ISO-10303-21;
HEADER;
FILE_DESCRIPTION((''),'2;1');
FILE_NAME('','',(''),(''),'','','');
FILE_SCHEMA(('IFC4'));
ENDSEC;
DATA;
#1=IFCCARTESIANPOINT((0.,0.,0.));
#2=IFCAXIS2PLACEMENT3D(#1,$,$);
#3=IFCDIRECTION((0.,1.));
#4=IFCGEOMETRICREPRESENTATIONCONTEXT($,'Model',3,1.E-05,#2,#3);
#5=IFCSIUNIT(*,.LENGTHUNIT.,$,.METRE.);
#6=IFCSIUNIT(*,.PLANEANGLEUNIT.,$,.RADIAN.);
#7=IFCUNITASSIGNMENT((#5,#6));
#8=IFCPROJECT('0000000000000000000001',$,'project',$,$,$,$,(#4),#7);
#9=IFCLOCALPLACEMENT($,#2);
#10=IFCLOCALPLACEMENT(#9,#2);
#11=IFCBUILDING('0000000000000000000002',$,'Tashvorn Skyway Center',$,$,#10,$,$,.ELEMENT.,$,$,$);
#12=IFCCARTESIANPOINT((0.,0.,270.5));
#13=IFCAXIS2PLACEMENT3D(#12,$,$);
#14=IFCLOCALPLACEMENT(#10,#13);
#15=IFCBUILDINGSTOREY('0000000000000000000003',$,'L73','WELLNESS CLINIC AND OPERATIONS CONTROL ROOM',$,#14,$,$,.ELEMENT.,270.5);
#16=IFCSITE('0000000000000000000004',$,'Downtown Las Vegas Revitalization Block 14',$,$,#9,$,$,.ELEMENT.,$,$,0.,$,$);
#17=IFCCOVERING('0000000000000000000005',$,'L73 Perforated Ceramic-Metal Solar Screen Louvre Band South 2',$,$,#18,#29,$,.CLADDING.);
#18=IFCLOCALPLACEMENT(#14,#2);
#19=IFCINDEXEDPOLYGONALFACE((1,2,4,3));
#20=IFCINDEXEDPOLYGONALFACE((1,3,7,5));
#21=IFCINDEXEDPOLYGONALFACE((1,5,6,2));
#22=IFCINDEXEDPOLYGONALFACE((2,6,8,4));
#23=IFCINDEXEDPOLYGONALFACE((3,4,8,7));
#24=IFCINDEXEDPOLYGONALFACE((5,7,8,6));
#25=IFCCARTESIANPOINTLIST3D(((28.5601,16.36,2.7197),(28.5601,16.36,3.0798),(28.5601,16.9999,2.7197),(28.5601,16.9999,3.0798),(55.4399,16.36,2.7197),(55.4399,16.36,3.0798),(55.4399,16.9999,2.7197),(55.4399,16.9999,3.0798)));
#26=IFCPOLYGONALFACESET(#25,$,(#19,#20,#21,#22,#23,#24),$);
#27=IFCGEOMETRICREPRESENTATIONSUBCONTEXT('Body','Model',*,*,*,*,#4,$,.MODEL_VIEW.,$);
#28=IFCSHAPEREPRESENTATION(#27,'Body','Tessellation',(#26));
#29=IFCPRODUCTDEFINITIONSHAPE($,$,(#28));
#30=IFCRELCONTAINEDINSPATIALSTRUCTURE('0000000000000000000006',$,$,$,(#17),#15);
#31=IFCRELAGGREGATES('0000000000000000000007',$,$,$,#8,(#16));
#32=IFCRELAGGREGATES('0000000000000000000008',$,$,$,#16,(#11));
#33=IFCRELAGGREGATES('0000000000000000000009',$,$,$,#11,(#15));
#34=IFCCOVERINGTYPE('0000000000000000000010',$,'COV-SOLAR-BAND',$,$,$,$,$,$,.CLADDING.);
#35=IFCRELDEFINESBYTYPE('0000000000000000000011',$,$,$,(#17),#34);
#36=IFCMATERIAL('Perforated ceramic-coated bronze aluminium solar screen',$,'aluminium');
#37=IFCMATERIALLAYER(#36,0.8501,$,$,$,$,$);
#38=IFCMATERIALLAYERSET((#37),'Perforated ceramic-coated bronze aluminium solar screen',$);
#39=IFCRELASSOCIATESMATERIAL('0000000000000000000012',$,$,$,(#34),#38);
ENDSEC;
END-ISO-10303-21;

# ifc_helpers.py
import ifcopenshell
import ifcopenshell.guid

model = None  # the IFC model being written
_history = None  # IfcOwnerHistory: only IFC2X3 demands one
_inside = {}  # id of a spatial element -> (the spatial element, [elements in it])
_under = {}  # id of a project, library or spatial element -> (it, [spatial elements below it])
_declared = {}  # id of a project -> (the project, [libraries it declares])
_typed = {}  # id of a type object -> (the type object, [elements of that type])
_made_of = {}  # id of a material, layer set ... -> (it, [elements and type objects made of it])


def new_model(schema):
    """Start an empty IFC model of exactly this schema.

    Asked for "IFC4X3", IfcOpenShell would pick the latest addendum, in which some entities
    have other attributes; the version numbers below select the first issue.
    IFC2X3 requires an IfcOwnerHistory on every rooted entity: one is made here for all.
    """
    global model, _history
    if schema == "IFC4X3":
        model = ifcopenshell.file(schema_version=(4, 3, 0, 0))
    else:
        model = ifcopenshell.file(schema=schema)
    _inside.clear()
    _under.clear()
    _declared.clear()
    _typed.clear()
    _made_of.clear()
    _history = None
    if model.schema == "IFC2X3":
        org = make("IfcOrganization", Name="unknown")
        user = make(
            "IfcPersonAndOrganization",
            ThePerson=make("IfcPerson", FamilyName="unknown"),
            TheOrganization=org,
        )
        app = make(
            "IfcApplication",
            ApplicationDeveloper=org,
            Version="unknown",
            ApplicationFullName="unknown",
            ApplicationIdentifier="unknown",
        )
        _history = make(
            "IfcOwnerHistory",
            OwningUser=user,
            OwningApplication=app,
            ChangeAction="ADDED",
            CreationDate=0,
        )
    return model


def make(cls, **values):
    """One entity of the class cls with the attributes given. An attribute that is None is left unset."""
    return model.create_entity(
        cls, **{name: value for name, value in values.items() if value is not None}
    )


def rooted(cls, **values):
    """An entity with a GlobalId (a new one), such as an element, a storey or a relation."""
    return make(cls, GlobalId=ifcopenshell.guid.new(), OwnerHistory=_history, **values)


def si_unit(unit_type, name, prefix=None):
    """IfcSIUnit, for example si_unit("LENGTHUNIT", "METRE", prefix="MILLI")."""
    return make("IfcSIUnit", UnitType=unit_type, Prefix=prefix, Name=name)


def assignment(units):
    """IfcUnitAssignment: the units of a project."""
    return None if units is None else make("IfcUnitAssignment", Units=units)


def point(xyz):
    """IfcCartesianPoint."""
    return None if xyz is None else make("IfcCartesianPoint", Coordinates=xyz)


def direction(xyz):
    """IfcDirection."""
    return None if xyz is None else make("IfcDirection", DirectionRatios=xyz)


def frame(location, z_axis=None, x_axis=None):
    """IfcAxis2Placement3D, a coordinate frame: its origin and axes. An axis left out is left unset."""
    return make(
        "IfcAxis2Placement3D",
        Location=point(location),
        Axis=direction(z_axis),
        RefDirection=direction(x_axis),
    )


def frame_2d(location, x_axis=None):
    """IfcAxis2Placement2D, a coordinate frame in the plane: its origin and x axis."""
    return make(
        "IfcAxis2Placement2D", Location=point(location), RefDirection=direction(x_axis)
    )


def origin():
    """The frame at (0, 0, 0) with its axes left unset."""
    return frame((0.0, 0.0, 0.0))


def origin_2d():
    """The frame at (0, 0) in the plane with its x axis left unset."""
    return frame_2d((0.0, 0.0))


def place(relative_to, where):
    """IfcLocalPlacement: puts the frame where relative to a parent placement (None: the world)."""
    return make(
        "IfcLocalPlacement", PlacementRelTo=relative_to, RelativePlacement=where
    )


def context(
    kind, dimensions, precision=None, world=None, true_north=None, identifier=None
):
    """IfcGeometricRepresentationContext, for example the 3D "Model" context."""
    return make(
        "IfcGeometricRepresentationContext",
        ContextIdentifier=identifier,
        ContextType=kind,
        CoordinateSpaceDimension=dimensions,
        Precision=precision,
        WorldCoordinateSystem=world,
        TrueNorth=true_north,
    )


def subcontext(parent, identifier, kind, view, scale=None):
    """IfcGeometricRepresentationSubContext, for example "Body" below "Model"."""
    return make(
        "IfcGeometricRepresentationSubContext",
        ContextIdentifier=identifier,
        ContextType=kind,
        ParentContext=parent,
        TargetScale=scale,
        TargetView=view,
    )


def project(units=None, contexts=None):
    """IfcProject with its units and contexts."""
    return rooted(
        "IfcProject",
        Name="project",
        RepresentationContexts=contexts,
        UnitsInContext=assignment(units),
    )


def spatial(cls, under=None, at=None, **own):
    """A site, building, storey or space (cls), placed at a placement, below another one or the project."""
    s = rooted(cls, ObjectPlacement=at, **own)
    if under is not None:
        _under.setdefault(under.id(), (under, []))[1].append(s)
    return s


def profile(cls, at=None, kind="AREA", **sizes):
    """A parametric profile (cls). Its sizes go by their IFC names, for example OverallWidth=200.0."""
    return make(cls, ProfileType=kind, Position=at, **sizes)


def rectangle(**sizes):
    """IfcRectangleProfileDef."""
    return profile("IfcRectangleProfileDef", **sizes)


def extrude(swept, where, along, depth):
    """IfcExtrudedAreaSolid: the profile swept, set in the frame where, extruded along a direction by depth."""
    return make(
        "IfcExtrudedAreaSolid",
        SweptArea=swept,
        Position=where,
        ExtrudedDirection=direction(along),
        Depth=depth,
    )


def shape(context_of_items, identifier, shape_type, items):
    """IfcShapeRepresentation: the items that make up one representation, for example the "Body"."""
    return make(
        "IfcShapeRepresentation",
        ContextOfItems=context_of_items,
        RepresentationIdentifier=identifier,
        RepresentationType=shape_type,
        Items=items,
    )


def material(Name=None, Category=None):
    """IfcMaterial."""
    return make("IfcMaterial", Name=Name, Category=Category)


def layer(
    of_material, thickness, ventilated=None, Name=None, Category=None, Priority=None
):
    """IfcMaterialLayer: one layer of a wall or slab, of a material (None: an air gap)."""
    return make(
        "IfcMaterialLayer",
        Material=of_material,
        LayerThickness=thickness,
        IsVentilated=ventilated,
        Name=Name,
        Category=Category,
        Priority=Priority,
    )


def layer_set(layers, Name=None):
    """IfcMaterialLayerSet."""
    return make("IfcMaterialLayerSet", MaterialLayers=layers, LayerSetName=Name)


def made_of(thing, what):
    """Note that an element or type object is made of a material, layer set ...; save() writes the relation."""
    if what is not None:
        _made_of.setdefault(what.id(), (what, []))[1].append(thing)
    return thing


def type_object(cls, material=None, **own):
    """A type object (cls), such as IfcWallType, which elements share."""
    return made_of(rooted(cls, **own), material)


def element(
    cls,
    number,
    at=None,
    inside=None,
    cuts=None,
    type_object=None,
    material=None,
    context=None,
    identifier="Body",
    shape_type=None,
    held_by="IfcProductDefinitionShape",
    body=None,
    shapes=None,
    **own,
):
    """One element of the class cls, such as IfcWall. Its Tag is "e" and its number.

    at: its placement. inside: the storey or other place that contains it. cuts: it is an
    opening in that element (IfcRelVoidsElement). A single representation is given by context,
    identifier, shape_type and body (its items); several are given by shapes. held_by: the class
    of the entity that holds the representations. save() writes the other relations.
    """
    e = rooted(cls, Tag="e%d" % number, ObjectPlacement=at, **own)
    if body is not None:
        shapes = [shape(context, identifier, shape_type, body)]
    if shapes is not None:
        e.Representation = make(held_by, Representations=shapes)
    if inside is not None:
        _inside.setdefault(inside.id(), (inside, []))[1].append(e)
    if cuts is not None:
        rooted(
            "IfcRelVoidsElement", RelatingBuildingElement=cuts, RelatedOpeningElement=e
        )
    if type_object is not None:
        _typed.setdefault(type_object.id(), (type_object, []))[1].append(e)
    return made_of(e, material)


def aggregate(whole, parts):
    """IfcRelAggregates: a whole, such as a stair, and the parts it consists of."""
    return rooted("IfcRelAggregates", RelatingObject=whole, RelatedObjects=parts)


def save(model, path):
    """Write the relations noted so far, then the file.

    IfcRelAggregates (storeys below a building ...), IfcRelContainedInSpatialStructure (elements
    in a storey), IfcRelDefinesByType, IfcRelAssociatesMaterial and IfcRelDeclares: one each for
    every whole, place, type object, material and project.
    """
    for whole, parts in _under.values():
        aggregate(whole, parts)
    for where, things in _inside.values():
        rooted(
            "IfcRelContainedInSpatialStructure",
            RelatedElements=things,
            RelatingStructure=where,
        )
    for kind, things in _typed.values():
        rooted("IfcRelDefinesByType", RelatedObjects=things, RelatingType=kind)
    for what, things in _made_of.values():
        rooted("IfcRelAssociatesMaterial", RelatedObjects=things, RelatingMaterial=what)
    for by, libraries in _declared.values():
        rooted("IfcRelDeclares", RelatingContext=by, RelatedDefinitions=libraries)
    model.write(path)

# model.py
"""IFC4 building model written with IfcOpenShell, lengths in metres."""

from ifc_helpers import new_model, si_unit, direction, frame, origin, origin_2d, place, context, subcontext, project, spatial, rectangle, extrude, material, layer, layer_set, type_object, element, save


model = new_model("IFC4")

# Units and contexts
model_context = context("Model", 3, precision=1e-05, world=origin(), true_north=direction((0.0, 1.0)))
body_context = subcontext(model_context, "Body", "Model", "MODEL_VIEW")
ifc_project = project(units=[si_unit("LENGTHUNIT", "METRE"), si_unit("PLANEANGLEUNIT", "RADIAN")], contexts=[model_context])

# Site, building, storey
site_placement = place(None, origin())
site = spatial("IfcSite", under=ifc_project, at=site_placement, Name="Downtown Las Vegas Revitalization Block 14", CompositionType="ELEMENT", RefElevation=0.0)
building_placement = place(site_placement, origin())
building = spatial("IfcBuilding", under=site, at=building_placement, Name="Tashvorn Skyway Center", CompositionType="ELEMENT")
storey_placement = place(building_placement, frame((0.0, 0.0, 270.5)))
storey = spatial("IfcBuildingStorey", under=building, at=storey_placement, Name="L73", Description="WELLNESS CLINIC AND OPERATIONS CONTROL ROOM", CompositionType="ELEMENT", Elevation=270.5)

# Covering
ifc_material_1 = material(Name="Perforated ceramic-coated bronze aluminium solar screen", Category="aluminium")
ifc_layer_1 = layer(ifc_material_1, 0.8501)
ifc_layer_set_1 = layer_set([ifc_layer_1], Name="Perforated ceramic-coated bronze aluminium solar screen")
covering_type_1 = type_object("IfcCoveringType", Name="COV-SOLAR-BAND", PredefinedType="CLADDING", material=ifc_layer_set_1)
for number, where, z_axis, x_axis, name in (
    (1, (42.0, 16.6799, 2.7197), (0.0, 0.0, 1.0), (-1.0, 0.0, 0.0), "L73 Perforated Ceramic-Metal Solar Screen Louvre Band South 2"),
):
    element("IfcCovering", number, at=place(storey_placement, frame(where, z_axis=z_axis, x_axis=x_axis)), inside=storey, type_object=covering_type_1, Name=name, PredefinedType="CLADDING", context=body_context, shape_type="SweptSolid", body=[
        extrude(rectangle(XDim=26.8799, YDim=0.6399, at=origin_2d()), origin(), (0.0, 0.0, 1.0), 0.3601),
    ])

save(model, "model.ifc")
